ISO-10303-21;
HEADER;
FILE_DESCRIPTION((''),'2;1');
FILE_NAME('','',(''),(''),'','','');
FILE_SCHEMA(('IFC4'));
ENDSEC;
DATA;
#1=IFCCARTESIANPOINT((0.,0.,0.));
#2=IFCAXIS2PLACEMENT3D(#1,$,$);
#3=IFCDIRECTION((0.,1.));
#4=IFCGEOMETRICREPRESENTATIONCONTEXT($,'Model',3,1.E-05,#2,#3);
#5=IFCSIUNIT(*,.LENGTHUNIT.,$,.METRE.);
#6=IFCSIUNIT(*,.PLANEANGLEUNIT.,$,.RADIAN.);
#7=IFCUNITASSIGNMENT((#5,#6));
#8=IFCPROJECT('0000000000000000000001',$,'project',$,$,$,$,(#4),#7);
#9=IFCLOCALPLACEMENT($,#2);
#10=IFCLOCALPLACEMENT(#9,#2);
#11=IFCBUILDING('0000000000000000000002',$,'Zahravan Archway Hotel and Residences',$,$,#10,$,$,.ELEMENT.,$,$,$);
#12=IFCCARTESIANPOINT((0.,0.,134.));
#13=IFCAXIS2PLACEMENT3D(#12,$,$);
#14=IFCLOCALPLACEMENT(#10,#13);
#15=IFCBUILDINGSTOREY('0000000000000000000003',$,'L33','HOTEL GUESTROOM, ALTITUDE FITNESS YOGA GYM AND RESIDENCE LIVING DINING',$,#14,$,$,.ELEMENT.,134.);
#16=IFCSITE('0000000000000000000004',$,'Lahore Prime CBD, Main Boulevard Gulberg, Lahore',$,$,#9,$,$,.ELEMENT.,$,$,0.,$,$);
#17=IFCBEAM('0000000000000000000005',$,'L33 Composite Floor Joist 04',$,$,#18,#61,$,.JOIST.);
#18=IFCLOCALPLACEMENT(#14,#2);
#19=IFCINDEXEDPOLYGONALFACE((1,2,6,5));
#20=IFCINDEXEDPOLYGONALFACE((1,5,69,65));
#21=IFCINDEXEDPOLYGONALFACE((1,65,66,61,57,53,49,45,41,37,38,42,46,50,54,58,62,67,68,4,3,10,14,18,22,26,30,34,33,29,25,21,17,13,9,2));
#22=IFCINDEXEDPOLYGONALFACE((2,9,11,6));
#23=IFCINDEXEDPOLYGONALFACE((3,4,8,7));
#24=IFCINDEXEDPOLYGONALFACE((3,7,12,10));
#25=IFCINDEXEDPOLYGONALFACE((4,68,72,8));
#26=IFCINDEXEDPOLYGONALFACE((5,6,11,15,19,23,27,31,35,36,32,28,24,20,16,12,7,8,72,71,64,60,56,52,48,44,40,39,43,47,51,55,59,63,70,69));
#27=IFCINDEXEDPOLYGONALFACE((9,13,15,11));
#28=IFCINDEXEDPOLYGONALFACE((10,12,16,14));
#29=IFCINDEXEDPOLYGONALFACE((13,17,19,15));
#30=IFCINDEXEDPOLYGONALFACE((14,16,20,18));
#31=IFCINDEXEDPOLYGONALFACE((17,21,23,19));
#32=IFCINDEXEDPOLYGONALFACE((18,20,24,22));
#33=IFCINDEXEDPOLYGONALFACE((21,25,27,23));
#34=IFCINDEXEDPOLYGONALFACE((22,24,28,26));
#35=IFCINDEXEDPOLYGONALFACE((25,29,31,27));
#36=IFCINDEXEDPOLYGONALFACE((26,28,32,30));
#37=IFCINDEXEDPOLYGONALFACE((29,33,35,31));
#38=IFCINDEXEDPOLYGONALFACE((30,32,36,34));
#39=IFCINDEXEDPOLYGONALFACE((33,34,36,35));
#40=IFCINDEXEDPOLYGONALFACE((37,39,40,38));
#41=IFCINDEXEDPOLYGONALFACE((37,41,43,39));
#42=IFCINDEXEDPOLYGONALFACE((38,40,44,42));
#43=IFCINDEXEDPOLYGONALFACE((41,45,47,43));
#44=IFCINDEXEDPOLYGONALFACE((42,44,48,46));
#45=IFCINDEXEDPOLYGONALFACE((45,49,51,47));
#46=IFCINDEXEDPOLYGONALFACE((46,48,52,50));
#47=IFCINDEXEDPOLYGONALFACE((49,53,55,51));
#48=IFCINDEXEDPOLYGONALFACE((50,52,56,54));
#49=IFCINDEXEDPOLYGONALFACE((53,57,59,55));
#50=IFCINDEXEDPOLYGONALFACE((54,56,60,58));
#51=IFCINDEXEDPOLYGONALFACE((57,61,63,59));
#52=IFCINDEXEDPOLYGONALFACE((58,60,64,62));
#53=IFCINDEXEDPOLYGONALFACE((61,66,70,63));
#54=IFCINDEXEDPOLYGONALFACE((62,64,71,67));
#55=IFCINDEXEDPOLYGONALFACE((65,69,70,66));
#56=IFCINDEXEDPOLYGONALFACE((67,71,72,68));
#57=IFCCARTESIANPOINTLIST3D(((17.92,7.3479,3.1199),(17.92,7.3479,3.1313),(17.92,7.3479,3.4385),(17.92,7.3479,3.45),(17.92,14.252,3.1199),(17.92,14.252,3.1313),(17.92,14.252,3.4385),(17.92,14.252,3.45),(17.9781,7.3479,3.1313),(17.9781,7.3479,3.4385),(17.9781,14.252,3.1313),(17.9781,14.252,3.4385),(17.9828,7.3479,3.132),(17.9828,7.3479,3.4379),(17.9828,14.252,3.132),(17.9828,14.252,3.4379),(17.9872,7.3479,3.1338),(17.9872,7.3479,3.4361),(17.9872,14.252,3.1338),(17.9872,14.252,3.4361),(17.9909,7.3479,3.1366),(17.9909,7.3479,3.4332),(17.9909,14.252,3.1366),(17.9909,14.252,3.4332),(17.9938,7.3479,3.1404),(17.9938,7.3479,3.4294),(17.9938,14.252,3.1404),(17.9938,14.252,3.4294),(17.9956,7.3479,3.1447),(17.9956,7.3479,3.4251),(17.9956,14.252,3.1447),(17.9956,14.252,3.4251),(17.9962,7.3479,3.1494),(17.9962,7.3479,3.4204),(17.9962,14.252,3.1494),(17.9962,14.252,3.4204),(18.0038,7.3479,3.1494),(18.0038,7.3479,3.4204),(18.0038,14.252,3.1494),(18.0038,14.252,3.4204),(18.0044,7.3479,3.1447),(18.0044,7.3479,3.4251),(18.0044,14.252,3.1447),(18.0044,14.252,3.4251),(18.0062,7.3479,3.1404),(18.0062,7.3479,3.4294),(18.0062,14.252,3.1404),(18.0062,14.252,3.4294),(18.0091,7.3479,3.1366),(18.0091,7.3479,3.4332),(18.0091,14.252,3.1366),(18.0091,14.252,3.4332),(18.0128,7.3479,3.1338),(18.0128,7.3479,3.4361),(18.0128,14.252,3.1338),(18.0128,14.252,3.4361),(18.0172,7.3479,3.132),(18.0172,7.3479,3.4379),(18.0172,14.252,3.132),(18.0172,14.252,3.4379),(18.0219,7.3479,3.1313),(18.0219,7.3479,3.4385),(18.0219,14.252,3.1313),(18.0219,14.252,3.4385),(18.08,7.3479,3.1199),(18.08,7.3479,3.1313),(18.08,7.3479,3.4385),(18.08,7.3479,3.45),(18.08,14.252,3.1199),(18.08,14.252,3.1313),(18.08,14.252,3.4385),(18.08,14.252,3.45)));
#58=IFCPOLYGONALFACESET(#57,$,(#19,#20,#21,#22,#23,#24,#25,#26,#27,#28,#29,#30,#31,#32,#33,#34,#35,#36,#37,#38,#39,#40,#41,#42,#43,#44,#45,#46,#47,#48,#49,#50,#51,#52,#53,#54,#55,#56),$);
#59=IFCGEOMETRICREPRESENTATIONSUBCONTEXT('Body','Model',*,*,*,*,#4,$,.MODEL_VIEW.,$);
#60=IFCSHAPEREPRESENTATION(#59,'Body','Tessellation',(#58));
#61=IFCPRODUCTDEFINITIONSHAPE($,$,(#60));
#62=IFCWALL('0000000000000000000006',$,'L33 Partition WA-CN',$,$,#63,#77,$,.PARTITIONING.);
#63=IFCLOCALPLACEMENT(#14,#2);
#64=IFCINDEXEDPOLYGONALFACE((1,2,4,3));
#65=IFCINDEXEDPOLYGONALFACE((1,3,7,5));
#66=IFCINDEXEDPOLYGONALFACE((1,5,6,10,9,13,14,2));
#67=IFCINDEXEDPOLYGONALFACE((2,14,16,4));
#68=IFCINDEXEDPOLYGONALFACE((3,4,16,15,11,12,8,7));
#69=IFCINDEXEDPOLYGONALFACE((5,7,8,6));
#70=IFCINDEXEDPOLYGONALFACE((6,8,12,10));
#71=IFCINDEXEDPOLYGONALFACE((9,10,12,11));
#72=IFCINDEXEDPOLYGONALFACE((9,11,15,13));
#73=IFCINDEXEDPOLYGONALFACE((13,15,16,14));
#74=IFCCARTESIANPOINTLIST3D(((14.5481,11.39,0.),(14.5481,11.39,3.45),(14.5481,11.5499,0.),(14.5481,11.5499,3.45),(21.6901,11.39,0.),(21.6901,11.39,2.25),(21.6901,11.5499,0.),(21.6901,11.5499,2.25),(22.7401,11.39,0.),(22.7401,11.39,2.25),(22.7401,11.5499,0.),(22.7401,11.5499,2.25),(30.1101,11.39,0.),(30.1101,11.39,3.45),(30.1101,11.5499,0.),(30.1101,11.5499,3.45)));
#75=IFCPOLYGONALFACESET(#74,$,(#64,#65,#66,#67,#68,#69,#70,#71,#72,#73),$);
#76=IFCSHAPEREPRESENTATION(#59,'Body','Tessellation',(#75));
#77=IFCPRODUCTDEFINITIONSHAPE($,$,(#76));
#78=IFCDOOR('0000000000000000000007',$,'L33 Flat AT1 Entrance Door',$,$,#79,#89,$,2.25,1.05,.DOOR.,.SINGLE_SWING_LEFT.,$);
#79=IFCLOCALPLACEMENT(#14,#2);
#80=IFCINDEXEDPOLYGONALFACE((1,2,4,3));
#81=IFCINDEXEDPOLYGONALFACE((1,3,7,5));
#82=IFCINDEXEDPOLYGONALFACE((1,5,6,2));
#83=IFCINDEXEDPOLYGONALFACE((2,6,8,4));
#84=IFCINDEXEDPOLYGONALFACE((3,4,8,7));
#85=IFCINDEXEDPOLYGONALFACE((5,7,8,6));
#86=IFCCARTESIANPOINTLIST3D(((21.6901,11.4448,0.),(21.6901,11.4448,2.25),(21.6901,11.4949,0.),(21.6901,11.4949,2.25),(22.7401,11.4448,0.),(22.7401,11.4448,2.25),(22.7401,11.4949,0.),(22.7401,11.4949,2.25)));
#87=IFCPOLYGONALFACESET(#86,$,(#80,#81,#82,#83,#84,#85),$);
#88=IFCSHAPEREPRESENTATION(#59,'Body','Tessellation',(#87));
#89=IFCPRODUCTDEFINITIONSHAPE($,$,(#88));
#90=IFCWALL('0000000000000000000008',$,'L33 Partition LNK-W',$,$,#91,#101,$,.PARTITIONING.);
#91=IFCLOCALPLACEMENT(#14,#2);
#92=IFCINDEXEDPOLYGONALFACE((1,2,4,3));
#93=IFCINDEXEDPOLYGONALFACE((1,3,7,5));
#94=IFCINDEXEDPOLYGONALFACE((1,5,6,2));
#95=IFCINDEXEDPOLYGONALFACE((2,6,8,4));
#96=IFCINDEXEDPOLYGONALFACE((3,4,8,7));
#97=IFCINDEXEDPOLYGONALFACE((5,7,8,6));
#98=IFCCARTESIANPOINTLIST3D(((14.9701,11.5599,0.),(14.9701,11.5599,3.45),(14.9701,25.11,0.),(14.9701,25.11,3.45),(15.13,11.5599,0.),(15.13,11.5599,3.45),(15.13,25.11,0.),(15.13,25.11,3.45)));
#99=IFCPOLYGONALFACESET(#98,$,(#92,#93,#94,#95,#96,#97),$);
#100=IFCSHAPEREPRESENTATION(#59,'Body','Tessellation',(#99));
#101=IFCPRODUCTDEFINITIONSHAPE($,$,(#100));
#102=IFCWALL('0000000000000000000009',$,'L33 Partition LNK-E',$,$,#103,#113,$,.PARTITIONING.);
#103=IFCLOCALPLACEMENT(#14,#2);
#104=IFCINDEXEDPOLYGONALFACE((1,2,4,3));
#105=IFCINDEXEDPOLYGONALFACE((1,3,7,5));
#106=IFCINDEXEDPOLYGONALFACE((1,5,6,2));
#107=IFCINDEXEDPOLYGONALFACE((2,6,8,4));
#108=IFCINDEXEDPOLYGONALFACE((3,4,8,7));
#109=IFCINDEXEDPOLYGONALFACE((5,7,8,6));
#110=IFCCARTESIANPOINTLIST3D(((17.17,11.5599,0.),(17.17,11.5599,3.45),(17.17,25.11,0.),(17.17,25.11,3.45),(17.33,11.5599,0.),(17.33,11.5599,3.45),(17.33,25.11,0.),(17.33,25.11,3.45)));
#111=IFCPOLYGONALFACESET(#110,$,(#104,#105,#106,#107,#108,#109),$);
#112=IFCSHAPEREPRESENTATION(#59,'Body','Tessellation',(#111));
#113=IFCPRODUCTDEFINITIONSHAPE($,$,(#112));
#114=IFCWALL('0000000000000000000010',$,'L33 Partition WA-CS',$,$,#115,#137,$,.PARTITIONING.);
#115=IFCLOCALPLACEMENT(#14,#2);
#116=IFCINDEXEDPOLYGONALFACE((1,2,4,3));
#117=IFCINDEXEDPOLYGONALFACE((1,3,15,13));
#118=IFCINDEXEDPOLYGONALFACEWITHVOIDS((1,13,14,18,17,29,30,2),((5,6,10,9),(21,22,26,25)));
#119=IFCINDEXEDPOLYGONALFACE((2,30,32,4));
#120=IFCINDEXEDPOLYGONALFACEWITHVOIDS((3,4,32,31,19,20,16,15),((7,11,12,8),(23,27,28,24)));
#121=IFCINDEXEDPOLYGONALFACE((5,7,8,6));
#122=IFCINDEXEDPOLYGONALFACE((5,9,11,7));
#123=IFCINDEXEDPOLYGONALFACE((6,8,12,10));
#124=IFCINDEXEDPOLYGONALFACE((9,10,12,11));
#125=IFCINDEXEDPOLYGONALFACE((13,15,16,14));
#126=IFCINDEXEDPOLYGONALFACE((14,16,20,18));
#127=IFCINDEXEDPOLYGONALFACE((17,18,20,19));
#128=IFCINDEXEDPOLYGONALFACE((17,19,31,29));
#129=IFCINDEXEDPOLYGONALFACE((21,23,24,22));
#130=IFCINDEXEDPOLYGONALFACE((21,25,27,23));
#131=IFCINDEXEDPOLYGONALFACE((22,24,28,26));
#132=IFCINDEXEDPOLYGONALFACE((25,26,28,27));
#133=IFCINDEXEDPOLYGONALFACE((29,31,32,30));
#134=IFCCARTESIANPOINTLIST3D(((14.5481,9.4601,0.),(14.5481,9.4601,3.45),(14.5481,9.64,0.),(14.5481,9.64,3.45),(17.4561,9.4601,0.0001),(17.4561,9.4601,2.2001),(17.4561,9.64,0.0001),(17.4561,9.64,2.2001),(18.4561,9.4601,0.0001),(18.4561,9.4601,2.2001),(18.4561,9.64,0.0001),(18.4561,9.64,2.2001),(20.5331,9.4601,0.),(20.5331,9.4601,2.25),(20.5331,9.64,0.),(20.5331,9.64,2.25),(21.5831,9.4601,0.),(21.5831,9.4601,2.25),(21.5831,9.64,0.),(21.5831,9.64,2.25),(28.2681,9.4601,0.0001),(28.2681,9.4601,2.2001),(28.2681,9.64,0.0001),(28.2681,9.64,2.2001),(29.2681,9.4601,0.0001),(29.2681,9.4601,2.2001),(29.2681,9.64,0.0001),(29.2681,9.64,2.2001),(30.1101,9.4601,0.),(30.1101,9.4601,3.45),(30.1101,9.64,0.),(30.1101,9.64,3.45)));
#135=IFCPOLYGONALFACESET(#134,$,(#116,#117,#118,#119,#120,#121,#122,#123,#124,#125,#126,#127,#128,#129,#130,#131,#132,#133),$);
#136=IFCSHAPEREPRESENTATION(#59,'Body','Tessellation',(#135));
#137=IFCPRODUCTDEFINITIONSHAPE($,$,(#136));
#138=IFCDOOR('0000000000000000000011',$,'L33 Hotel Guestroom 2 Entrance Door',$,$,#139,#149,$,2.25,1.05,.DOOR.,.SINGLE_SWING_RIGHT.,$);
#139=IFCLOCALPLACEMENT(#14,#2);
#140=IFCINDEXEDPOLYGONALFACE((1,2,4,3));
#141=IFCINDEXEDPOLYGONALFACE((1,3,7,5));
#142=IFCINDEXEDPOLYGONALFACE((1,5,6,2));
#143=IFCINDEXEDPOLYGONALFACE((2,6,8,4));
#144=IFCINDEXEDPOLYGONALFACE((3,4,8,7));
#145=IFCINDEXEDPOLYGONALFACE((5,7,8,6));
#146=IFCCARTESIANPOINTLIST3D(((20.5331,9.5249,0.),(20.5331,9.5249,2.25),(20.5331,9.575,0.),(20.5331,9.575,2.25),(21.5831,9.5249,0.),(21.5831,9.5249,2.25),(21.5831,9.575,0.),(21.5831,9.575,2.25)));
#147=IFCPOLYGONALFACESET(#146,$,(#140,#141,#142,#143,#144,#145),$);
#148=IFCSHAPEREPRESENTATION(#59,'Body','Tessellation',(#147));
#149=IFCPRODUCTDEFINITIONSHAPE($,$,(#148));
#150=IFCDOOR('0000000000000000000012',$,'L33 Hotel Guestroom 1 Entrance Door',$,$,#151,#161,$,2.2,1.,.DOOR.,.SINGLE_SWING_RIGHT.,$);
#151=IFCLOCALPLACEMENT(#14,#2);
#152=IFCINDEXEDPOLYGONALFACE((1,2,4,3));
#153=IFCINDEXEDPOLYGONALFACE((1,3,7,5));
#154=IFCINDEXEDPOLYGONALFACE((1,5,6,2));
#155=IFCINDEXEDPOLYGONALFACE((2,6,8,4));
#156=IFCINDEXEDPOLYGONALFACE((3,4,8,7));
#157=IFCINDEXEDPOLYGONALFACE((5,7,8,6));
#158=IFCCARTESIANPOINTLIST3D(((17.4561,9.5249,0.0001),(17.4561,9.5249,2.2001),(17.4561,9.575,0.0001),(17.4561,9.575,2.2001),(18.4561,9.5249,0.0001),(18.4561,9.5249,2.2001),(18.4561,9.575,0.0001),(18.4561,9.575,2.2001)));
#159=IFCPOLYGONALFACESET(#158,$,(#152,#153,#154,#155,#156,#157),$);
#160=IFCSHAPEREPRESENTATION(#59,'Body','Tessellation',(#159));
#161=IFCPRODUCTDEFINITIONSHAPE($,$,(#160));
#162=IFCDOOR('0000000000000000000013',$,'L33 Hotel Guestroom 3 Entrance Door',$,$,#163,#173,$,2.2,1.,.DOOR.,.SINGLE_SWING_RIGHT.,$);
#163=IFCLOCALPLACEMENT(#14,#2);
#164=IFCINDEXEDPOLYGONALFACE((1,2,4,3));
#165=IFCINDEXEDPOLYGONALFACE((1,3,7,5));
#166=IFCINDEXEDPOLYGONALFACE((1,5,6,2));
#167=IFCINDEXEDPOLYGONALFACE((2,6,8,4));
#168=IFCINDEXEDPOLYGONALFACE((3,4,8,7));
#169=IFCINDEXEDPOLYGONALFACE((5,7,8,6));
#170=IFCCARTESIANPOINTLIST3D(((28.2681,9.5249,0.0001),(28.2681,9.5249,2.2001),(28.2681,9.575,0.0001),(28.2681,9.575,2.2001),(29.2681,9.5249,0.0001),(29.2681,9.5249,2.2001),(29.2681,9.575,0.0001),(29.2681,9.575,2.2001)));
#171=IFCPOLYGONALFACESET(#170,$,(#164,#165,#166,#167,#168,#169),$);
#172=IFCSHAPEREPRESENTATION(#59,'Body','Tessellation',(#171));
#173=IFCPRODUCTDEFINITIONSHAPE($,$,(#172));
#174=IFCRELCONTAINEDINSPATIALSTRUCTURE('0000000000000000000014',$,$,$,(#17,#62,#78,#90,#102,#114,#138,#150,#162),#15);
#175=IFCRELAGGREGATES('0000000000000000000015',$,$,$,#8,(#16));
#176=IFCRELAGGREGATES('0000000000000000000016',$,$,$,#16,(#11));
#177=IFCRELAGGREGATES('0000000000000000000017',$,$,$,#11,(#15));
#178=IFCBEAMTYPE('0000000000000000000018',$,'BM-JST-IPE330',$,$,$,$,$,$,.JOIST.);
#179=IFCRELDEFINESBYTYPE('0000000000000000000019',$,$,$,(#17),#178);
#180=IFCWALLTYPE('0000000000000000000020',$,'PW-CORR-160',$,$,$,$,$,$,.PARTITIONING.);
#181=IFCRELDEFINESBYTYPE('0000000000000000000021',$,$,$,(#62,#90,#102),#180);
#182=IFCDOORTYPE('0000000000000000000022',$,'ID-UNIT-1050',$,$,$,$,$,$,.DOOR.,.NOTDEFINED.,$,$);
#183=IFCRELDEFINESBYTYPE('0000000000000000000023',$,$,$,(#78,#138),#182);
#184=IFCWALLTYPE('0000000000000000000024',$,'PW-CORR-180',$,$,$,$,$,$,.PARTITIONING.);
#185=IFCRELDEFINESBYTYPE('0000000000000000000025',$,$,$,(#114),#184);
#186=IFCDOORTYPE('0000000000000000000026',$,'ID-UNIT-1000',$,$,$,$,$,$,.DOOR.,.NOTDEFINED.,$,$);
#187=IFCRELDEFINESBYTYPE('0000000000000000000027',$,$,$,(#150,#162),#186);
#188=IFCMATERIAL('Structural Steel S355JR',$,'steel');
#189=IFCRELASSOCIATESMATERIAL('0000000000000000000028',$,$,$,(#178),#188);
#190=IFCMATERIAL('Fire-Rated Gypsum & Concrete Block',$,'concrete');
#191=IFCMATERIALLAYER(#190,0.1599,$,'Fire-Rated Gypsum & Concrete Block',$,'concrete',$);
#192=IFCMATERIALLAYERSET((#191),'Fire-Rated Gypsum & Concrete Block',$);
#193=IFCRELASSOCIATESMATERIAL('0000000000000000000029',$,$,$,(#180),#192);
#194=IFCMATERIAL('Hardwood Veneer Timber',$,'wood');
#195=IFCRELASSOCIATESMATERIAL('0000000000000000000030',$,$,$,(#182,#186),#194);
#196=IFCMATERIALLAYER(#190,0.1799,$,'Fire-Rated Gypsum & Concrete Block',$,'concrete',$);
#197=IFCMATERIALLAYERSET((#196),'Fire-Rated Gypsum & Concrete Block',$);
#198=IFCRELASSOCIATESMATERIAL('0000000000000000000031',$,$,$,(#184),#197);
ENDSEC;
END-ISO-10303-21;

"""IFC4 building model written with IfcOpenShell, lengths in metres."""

from ifc_helpers import new_model, si_unit, direction, frame, frame_2d, origin, origin_2d, place, context, subcontext, project, spatial, rectangle, i_section, extrude, source, transform, mapped, material, layer, layer_set, material_profile, profile_set, type_object, type_shapes, element, fill, save


model = new_model("IFC4")

# Units and contexts
model_context = context("Model", 3, precision=1e-05, world=origin(), true_north=direction((0.0, 1.0)))
body_context = subcontext(model_context, "Body", "Model", "MODEL_VIEW")
ifc_project = project(units=[si_unit("LENGTHUNIT", "METRE"), si_unit("PLANEANGLEUNIT", "RADIAN")], contexts=[model_context])

# Site, building, storey
site_placement = place(None, origin())
site = spatial("IfcSite", under=ifc_project, at=site_placement, Name="Lahore Prime CBD, Main Boulevard Gulberg, Lahore", CompositionType="ELEMENT", RefElevation=0.0)
building_placement = place(site_placement, origin())
building = spatial("IfcBuilding", under=site, at=building_placement, Name="Zahravan Archway Hotel and Residences", CompositionType="ELEMENT")
storey_placement = place(building_placement, frame((0.0, 0.0, 134.0)))
storey = spatial("IfcBuildingStorey", under=building, at=storey_placement, Name="L33", Description="HOTEL GUESTROOM, ALTITUDE FITNESS YOGA GYM AND RESIDENCE LIVING DINING", CompositionType="ELEMENT", Elevation=134.0)

# Beam
ifc_material_1 = material(Name="Structural Steel S355JR", Category="steel")
ifc_material_profile_1 = material_profile(ifc_material_1, i_section(OverallWidth=0.1599, OverallDepth=0.3301, WebThickness=0.0076, FlangeThickness=0.0115, FilletRadius=0.0181, at=origin_2d()), Name="IPE 330", Category="steel")
ifc_profile_set_1 = profile_set([ifc_material_profile_1], Name="Structural Steel S355JR")
beam_type_1 = type_object("IfcBeamType", Name="BM-JST-IPE330", PredefinedType="JOIST", material=ifc_profile_set_1)
shared_shape_1 = source(origin(), body_context, "Body", "SweptSolid", [
    extrude(i_section(OverallWidth=0.1599, OverallDepth=0.3301, WebThickness=0.0076, FlangeThickness=0.0115, FilletRadius=0.0181, at=origin_2d()), origin(), (0.0, 0.0, 1.0), 6.9041),
])
type_shapes(beam_type_1, [shared_shape_1])
beam_placement = place(storey_placement, frame((18.0, 7.3479, 3.2849), z_axis=(0.0, 1.0, 0.0), x_axis=(-1.0, 0.0, 0.0)))
element("IfcBeam", 1, at=beam_placement, inside=storey, type_object=beam_type_1, Name="L33 Composite Floor Joist 04", PredefinedType="JOIST", context=body_context, shape_type="MappedRepresentation", body=[
    mapped(shared_shape_1, transform((0.0, 0.0, 0.0), scale=1.0)),
])

# Wall, opening, door
ifc_material_2 = material(Name="Fire-Rated Gypsum & Concrete Block", Category="concrete")
ifc_layer_1 = layer(ifc_material_2, 0.1599, Name="Fire-Rated Gypsum & Concrete Block", Category="concrete")
ifc_layer_set_1 = layer_set([ifc_layer_1], Name="Fire-Rated Gypsum & Concrete Block")
wall_type_1 = type_object("IfcWallType", Name="PW-CORR-160", PredefinedType="PARTITIONING", material=ifc_layer_set_1)
wall_1_placement = place(storey_placement, frame((14.5481, 11.47, 0.0), z_axis=(0.0, 0.0, 1.0), x_axis=(1.0, 0.0, 0.0)))
wall_1 = element("IfcWall", 2, at=wall_1_placement, inside=storey, type_object=wall_type_1, Name="L33 Partition WA-CN", PredefinedType="PARTITIONING", context=body_context, shape_type="SweptSolid", body=[
    extrude(rectangle(XDim=15.562, YDim=0.1599, at=frame_2d((7.781, 0.0))), origin(), (0.0, 0.0, 1.0), 3.45),
])
opening_1_placement = place(wall_1_placement, frame((7.1421, 0.0, 0.0)))
opening_1 = element("IfcOpeningElement", 3, at=opening_1_placement, cuts=wall_1, PredefinedType="OPENING", context=body_context, shape_type="SweptSolid", body=[
    extrude(rectangle(XDim=1.05, YDim=2.25, at=frame_2d((0.5249, 1.125))), frame((0.0, 0.0898, 0.0), z_axis=(0.0, -1.0, 0.0), x_axis=(1.0, 0.0, 0.0)), (0.0, 0.0, 1.0), 0.1799),
])
ifc_material_3 = material(Name="Hardwood Veneer Timber", Category="wood")
door_type_1 = type_object("IfcDoorType", Name="ID-UNIT-1050", OperationType="NOTDEFINED", PredefinedType="DOOR", material=ifc_material_3)
shared_shape_2 = source(origin(), body_context, "Body", "SweptSolid", [
    extrude(rectangle(XDim=1.05, YDim=2.25, at=frame_2d((0.5249, 1.125))), frame((0.0, 0.0249, 0.0), z_axis=(0.0, -1.0, 0.0), x_axis=(1.0, 0.0, 0.0)), (0.0, 0.0, 1.0), 0.05),
])
type_shapes(door_type_1, [shared_shape_2])
door_1_placement = place(opening_1_placement, origin())
door_1 = element("IfcDoor", 4, at=door_1_placement, inside=storey, type_object=door_type_1, Name="L33 Flat AT1 Entrance Door", OperationType="SINGLE_SWING_LEFT", OverallHeight=2.25, OverallWidth=1.05, PredefinedType="DOOR", context=body_context, shape_type="MappedRepresentation", body=[
    mapped(shared_shape_2, transform((0.0, 0.0, 0.0), scale=1.0)),
])
fill(opening_1, door_1)

# Walls
for number, where, z_axis, x_axis, name in (
    (5, (15.05, 11.5601, 0.0), (0.0, 0.0, 1.0), (0.0, 1.0, 0.0), "L33 Partition LNK-W"),
    (6, (17.25, 11.5601, 0.0), (0.0, 0.0, 1.0), (0.0, 1.0, 0.0), "L33 Partition LNK-E"),
):
    element("IfcWall", number, at=place(storey_placement, frame(where, z_axis=z_axis, x_axis=x_axis)), inside=storey, type_object=wall_type_1, Name=name, PredefinedType="PARTITIONING", context=body_context, shape_type="SweptSolid", body=[
        extrude(rectangle(XDim=13.55, YDim=0.1599, at=frame_2d((6.7749, 0.0))), origin(), (0.0, 0.0, 1.0), 3.45),
    ])

# Wall, openings, doors
ifc_layer_2 = layer(ifc_material_2, 0.1799, Name="Fire-Rated Gypsum & Concrete Block", Category="concrete")
ifc_layer_set_2 = layer_set([ifc_layer_2], Name="Fire-Rated Gypsum & Concrete Block")
wall_type_2 = type_object("IfcWallType", Name="PW-CORR-180", PredefinedType="PARTITIONING", material=ifc_layer_set_2)
wall_2_placement = place(storey_placement, frame((14.5481, 9.55, 0.0), z_axis=(0.0, 0.0, 1.0), x_axis=(1.0, 0.0, 0.0)))
wall_2 = element("IfcWall", 7, at=wall_2_placement, inside=storey, type_object=wall_type_2, Name="L33 Partition WA-CS", PredefinedType="PARTITIONING", context=body_context, shape_type="SweptSolid", body=[
    extrude(rectangle(XDim=15.562, YDim=0.1799, at=frame_2d((7.781, 0.0))), origin(), (0.0, 0.0, 1.0), 3.45),
])
opening_2_placement = place(wall_2_placement, frame((2.908, 0.0, 0.0)))
opening_2 = element("IfcOpeningElement", 8, at=opening_2_placement, cuts=wall_2, PredefinedType="OPENING", context=body_context, shape_type="SweptSolid", body=[
    extrude(rectangle(XDim=1.0, YDim=2.2, at=frame_2d((0.5, 1.1001))), frame((0.0, 0.1001, 0.0), z_axis=(0.0, -1.0, 0.0), x_axis=(1.0, 0.0, 0.0)), (0.0, 0.0, 1.0), 0.2),
])
opening_3_placement = place(wall_2_placement, frame((5.9851, 0.0, 0.0)))
opening_3 = element("IfcOpeningElement", 9, at=opening_3_placement, cuts=wall_2, PredefinedType="OPENING", context=body_context, shape_type="SweptSolid", body=[
    extrude(rectangle(XDim=1.05, YDim=2.25, at=frame_2d((0.5249, 1.125))), frame((0.0, 0.1001, 0.0), z_axis=(0.0, -1.0, 0.0), x_axis=(1.0, 0.0, 0.0)), (0.0, 0.0, 1.0), 0.2),
])
opening_4_placement = place(wall_2_placement, frame((13.72, 0.0, 0.0)))
opening_4 = element("IfcOpeningElement", 10, at=opening_4_placement, cuts=wall_2, PredefinedType="OPENING", context=body_context, shape_type="SweptSolid", body=[
    extrude(rectangle(XDim=1.0, YDim=2.2, at=frame_2d((0.5, 1.1001))), frame((0.0, 0.1001, 0.0), z_axis=(0.0, -1.0, 0.0), x_axis=(1.0, 0.0, 0.0)), (0.0, 0.0, 1.0), 0.2),
])
door_2_placement = place(opening_3_placement, origin())
door_2 = element("IfcDoor", 11, at=door_2_placement, inside=storey, type_object=door_type_1, Name="L33 Hotel Guestroom 2 Entrance Door", OperationType="SINGLE_SWING_RIGHT", OverallHeight=2.25, OverallWidth=1.05, PredefinedType="DOOR", context=body_context, shape_type="MappedRepresentation", body=[
    mapped(shared_shape_2, transform((0.0, 0.0, 0.0), scale=1.0)),
])
fill(opening_3, door_2)
door_type_2 = type_object("IfcDoorType", Name="ID-UNIT-1000", OperationType="NOTDEFINED", PredefinedType="DOOR", material=ifc_material_3)
shared_shape_3 = source(origin(), body_context, "Body", "SweptSolid", [
    extrude(rectangle(XDim=1.0, YDim=2.2, at=frame_2d((0.5, 1.1001))), frame((0.0, 0.0249, 0.0), z_axis=(0.0, -1.0, 0.0), x_axis=(1.0, 0.0, 0.0)), (0.0, 0.0, 1.0), 0.05),
])
type_shapes(door_type_2, [shared_shape_3])
door_3_placement = place(opening_2_placement, origin())
door_3 = element("IfcDoor", 12, at=door_3_placement, inside=storey, type_object=door_type_2, Name="L33 Hotel Guestroom 1 Entrance Door", OperationType="SINGLE_SWING_RIGHT", OverallHeight=2.2, OverallWidth=1.0, PredefinedType="DOOR", context=body_context, shape_type="MappedRepresentation", body=[
    mapped(shared_shape_3, transform((0.0, 0.0, 0.0), scale=1.0)),
])
fill(opening_2, door_3)
door_4_placement = place(opening_4_placement, origin())
door_4 = element("IfcDoor", 13, at=door_4_placement, inside=storey, type_object=door_type_2, Name="L33 Hotel Guestroom 3 Entrance Door", OperationType="SINGLE_SWING_RIGHT", OverallHeight=2.2, OverallWidth=1.0, PredefinedType="DOOR", context=body_context, shape_type="MappedRepresentation", body=[
    mapped(shared_shape_3, transform((0.0, 0.0, 0.0), scale=1.0)),
])
fill(opening_4, door_4)

save(model, "model.ifc")
